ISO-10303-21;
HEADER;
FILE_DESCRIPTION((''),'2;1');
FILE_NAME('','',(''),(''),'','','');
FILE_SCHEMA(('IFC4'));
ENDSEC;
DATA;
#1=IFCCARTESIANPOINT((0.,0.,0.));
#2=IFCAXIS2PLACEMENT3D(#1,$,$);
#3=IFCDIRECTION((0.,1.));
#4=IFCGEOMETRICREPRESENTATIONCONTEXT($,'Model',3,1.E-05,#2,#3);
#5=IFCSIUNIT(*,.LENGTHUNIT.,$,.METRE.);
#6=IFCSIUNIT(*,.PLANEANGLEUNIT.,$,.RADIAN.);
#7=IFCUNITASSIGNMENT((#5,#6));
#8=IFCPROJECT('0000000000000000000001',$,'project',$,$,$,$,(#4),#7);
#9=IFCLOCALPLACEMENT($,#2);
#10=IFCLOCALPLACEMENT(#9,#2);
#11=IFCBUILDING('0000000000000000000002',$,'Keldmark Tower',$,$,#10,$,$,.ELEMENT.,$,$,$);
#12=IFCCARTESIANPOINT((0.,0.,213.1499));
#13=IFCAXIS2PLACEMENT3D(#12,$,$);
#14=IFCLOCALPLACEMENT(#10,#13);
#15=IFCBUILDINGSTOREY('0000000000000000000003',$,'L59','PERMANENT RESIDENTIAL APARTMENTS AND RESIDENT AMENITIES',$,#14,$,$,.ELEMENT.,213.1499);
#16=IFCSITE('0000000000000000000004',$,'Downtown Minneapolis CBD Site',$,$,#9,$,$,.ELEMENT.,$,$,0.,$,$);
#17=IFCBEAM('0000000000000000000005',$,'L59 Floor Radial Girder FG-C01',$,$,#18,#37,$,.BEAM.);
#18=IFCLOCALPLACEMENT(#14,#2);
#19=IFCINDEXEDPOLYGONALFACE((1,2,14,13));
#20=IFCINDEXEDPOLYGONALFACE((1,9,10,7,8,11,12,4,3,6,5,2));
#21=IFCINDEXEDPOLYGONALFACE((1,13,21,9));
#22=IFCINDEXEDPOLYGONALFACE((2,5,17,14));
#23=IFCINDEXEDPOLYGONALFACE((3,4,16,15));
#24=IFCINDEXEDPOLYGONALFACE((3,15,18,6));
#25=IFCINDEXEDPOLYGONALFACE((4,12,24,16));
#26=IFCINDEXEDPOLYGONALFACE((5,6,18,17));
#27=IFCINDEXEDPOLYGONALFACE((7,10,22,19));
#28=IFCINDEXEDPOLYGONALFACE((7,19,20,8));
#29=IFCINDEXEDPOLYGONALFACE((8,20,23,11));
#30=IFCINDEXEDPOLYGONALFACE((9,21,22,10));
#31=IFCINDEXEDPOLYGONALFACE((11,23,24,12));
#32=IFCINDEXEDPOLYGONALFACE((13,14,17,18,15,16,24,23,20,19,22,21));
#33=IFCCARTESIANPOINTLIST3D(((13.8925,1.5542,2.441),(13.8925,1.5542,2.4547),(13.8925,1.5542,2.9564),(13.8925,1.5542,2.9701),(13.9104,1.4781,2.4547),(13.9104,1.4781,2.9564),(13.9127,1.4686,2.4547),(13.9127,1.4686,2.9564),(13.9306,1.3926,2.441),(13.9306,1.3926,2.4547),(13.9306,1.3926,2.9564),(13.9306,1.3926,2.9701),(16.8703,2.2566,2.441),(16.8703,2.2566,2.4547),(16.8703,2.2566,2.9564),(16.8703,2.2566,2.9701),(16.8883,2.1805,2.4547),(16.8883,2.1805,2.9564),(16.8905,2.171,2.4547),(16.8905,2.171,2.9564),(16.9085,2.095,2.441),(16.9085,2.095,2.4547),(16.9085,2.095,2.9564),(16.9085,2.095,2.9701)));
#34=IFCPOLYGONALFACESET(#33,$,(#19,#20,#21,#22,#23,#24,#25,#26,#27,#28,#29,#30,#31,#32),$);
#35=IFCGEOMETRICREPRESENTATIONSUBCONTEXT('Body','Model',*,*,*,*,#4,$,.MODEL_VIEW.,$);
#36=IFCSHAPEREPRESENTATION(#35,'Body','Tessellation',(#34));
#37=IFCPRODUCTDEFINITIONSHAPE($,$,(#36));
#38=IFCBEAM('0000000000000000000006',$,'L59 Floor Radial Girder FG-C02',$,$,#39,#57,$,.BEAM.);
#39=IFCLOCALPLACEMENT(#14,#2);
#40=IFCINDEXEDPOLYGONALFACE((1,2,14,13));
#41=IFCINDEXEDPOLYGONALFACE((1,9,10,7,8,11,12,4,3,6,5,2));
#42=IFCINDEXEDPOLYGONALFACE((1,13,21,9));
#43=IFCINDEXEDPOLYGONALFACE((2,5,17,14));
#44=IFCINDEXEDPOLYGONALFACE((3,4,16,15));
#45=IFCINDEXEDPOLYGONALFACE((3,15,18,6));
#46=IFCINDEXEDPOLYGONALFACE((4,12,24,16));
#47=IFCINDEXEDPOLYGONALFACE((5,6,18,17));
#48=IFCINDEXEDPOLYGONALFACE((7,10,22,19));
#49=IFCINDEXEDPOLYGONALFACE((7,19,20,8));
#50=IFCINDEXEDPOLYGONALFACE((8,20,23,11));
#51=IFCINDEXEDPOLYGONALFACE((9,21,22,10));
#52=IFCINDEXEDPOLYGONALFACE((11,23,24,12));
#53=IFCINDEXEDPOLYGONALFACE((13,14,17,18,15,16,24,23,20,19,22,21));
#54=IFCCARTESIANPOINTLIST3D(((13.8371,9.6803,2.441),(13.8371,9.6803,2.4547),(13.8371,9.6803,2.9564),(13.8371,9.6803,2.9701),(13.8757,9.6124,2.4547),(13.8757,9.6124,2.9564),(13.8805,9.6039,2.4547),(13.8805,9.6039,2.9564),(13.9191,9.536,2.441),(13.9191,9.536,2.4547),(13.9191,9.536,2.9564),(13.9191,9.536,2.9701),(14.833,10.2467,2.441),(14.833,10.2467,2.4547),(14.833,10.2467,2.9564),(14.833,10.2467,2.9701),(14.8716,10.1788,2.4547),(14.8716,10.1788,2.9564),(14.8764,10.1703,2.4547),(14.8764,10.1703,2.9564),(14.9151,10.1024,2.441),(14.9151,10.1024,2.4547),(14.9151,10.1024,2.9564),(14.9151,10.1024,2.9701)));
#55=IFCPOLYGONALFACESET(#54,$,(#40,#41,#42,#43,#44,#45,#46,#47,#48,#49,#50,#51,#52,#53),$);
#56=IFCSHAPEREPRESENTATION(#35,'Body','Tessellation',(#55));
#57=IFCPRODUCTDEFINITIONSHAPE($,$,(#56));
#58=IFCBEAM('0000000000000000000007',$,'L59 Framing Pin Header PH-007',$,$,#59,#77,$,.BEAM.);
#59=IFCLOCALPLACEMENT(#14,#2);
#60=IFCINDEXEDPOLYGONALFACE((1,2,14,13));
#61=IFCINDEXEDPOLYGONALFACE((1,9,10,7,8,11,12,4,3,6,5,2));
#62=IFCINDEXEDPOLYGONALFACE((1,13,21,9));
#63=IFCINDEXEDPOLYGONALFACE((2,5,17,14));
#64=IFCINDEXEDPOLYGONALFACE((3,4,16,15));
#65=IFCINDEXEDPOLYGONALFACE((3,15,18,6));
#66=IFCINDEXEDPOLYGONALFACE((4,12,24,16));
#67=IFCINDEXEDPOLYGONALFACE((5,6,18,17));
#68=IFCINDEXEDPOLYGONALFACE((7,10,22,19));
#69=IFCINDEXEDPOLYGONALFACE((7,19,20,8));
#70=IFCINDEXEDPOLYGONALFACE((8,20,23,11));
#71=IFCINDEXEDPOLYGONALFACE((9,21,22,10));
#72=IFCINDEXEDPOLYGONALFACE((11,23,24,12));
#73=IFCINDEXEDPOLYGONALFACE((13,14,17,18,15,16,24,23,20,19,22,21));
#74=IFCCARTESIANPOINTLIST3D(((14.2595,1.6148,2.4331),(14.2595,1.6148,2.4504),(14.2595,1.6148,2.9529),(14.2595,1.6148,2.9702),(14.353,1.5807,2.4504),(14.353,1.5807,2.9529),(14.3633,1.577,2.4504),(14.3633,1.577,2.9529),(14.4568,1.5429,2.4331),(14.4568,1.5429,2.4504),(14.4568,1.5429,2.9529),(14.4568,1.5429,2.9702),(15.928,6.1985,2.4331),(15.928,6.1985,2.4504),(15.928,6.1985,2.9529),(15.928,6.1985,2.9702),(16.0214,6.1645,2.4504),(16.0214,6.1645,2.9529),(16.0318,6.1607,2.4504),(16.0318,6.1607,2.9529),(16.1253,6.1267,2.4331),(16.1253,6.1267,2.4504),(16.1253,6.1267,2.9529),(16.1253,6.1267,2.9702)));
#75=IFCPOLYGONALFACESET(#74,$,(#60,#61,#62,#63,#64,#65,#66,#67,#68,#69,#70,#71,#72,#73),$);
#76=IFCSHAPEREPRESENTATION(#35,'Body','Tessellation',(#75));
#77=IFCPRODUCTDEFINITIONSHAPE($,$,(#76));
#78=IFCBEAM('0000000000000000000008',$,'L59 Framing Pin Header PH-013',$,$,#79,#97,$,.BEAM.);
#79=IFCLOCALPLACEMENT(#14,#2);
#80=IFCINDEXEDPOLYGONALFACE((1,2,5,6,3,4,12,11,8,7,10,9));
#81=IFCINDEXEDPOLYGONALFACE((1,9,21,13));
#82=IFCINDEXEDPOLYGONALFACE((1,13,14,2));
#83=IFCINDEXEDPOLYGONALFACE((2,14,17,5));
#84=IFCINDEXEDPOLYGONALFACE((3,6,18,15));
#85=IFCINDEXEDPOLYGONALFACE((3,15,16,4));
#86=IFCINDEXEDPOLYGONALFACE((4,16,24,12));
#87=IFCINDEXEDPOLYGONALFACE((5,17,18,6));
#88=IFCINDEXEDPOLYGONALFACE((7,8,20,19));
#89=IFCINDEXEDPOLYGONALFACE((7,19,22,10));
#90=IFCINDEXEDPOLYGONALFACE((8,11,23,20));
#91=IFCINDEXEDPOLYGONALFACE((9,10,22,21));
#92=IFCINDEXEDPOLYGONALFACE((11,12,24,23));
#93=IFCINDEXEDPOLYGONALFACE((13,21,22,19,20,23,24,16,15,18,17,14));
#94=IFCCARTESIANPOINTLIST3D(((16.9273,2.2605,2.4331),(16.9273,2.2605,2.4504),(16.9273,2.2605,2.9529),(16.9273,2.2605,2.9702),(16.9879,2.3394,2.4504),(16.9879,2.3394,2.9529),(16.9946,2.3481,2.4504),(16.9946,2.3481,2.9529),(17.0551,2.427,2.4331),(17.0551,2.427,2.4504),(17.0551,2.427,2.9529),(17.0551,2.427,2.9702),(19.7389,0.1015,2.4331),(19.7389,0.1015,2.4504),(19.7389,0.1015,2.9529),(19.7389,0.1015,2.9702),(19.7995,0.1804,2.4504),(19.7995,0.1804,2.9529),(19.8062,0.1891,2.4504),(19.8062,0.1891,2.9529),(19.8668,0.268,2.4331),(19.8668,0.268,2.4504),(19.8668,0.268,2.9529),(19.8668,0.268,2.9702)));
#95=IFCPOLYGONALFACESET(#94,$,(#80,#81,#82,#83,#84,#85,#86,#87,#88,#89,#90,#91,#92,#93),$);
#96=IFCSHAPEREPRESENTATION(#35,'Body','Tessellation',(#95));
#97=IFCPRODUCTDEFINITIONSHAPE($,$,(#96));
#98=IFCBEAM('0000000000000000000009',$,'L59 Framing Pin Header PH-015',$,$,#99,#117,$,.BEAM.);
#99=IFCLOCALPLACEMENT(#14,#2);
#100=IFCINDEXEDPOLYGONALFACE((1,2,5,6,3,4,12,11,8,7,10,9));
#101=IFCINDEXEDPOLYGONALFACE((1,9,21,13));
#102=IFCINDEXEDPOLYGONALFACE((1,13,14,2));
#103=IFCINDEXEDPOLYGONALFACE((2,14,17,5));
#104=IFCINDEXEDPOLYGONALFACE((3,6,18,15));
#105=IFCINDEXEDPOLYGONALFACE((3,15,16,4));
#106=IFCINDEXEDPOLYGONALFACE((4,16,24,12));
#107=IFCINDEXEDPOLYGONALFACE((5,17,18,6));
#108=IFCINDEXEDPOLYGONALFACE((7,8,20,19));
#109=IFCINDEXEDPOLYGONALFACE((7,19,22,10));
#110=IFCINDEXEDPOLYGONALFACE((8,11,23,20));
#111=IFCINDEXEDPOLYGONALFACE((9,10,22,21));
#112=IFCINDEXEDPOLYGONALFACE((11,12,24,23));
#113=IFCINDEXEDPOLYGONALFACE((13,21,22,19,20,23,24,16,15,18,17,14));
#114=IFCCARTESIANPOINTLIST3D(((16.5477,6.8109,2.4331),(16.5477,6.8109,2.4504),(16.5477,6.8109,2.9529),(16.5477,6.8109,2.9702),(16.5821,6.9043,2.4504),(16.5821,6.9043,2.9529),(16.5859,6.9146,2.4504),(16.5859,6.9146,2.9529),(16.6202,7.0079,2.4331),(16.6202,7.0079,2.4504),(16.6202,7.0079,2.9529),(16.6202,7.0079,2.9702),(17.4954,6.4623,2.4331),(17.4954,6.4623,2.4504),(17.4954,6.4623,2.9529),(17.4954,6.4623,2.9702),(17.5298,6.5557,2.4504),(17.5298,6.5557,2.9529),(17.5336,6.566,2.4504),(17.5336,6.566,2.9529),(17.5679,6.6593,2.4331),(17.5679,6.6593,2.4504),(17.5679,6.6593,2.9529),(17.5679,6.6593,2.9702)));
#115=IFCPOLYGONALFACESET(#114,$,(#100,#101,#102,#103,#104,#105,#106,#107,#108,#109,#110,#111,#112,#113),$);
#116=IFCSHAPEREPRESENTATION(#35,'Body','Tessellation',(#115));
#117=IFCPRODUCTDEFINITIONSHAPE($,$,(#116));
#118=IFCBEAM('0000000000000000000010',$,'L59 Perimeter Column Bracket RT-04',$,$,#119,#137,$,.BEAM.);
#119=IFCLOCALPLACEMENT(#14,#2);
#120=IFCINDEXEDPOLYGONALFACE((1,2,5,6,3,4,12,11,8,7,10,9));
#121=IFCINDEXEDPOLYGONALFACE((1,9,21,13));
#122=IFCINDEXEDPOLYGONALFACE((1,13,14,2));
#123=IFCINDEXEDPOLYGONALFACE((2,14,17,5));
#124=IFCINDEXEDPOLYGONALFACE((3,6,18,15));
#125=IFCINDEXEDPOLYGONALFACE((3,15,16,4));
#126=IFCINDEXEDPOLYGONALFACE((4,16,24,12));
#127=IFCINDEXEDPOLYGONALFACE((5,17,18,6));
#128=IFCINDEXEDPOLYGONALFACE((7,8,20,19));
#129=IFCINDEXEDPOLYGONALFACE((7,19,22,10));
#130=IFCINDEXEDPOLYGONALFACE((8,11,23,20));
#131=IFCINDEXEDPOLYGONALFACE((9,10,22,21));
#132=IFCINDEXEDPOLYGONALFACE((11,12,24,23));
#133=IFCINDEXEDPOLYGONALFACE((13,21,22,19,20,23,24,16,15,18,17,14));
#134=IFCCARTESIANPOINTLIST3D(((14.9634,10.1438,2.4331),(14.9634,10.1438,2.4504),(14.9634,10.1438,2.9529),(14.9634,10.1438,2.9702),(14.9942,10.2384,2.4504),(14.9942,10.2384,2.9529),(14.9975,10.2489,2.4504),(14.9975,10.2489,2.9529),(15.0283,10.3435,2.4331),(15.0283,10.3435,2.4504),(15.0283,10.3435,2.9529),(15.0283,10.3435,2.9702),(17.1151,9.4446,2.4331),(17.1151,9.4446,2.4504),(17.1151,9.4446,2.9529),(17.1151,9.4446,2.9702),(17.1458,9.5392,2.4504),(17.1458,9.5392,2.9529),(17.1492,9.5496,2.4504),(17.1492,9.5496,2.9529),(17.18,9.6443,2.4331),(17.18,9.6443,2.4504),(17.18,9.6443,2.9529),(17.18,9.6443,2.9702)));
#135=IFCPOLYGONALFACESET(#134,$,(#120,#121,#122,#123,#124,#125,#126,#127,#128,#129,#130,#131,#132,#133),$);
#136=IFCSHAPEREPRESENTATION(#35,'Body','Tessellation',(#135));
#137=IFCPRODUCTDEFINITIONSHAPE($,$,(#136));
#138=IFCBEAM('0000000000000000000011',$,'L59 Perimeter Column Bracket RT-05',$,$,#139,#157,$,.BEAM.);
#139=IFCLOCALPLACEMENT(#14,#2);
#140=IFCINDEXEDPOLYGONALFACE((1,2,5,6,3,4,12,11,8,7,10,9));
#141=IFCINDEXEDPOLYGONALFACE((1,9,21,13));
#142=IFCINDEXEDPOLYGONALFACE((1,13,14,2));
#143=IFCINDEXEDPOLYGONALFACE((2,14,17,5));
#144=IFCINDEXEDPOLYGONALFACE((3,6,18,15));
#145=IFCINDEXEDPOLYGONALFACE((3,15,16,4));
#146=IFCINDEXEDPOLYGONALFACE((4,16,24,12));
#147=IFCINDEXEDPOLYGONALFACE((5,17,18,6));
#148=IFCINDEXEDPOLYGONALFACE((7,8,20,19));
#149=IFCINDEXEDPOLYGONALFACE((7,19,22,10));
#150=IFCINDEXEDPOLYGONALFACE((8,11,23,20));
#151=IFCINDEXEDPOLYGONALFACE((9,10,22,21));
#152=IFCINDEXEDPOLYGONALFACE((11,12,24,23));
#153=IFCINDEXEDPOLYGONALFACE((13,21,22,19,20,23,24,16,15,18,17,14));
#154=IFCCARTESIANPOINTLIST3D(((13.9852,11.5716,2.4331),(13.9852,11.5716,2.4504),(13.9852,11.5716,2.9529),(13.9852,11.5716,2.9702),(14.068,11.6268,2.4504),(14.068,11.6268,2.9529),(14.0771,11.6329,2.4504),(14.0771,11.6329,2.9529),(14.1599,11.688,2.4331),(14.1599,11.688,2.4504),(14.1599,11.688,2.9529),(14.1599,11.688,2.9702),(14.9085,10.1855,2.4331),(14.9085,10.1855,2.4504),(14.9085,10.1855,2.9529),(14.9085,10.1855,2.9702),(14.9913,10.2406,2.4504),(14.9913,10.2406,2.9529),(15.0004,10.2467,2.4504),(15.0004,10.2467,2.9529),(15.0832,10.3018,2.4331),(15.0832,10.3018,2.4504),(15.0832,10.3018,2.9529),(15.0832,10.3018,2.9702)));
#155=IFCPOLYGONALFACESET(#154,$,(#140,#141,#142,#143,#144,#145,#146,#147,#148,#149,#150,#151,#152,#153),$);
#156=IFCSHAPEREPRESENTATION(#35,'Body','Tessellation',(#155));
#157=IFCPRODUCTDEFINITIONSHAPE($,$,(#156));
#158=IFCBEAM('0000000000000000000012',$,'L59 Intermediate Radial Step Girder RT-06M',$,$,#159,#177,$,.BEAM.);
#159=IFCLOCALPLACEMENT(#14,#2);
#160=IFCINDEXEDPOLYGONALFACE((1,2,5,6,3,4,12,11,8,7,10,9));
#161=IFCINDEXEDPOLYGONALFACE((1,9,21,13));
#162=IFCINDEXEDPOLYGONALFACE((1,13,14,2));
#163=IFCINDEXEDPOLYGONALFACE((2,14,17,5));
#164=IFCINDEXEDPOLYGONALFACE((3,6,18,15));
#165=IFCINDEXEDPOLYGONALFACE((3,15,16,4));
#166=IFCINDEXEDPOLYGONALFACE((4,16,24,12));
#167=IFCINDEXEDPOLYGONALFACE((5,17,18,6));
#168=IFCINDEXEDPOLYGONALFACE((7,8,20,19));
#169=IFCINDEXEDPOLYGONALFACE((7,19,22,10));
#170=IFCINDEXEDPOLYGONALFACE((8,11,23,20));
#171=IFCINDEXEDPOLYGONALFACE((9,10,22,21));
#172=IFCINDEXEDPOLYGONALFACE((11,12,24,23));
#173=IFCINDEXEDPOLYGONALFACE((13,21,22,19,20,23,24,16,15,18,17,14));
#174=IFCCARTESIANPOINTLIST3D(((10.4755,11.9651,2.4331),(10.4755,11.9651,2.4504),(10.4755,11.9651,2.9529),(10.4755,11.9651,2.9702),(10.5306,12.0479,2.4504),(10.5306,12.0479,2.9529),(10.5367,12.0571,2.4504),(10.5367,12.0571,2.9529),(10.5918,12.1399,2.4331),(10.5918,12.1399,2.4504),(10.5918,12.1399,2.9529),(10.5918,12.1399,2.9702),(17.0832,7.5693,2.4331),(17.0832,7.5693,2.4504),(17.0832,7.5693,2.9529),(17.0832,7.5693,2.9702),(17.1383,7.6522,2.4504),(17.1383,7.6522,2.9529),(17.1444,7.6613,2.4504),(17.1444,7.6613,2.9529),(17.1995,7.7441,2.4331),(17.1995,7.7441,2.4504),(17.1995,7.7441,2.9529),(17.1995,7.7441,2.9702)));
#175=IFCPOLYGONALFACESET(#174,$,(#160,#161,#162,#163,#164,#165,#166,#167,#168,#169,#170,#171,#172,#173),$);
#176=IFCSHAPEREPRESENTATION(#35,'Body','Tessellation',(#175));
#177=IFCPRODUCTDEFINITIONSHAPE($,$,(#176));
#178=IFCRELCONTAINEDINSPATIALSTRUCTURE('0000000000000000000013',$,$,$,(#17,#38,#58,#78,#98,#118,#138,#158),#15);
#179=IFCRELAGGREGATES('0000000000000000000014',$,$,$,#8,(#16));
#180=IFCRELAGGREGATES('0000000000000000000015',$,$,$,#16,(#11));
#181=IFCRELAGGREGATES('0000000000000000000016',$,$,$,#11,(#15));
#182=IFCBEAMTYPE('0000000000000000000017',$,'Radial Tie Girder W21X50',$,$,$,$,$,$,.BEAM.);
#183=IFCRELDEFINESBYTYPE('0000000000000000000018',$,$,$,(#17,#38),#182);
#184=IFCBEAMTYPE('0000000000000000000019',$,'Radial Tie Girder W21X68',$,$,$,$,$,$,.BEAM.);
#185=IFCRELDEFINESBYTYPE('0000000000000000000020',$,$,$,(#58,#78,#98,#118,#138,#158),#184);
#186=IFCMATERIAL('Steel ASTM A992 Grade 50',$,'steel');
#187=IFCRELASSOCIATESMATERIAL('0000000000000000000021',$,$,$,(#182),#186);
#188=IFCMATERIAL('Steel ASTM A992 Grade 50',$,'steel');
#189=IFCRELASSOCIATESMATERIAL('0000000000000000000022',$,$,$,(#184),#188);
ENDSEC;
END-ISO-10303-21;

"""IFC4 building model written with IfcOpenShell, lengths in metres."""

from ifc_helpers import new_model, si_unit, direction, frame, origin, origin_2d, place, context, subcontext, project, spatial, i_section, extrude, material, material_profile, profile_set, type_object, element, save


model = new_model("IFC4")

# Units and contexts
model_context = context("Model", 3, precision=1e-05, world=origin(), true_north=direction((0.0, 1.0)))
body_context = subcontext(model_context, "Body", "Model", "MODEL_VIEW")
ifc_project = project(units=[si_unit("LENGTHUNIT", "METRE"), si_unit("PLANEANGLEUNIT", "RADIAN")], contexts=[model_context])

# Site, building, storey
site_placement = place(None, origin())
site = spatial("IfcSite", under=ifc_project, at=site_placement, Name="Downtown Minneapolis CBD Site", CompositionType="ELEMENT", RefElevation=0.0)
building_placement = place(site_placement, origin())
building = spatial("IfcBuilding", under=site, at=building_placement, Name="Keldmark Tower", CompositionType="ELEMENT")
storey_placement = place(building_placement, frame((0.0, 0.0, 213.1499)))
storey = spatial("IfcBuildingStorey", under=building, at=storey_placement, Name="L59", Description="PERMANENT RESIDENTIAL APARTMENTS AND RESIDENT AMENITIES", CompositionType="ELEMENT", Elevation=213.1499)

# Beams
ifc_material_1 = material(Name="Steel ASTM A992 Grade 50", Category="steel")
ifc_material_profile_1 = material_profile(ifc_material_1, i_section(OverallWidth=0.166, OverallDepth=0.5291, WebThickness=0.0098, FlangeThickness=0.0137, at=origin_2d()), Name="W21X50")
ifc_profile_set_1 = profile_set([ifc_material_profile_1], Name="Steel ASTM A992 Grade 50")
beam_type_1 = type_object("IfcBeamType", Name="Radial Tie Girder W21X50", PredefinedType="BEAM", material=ifc_profile_set_1)
beam_1_placement = place(storey_placement, frame((16.8894, 2.1758, 2.7056), z_axis=(-0.97329, -0.229577, 0.0), x_axis=(0.229577, -0.97329, 0.0)))
element("IfcBeam", 1, at=beam_1_placement, inside=storey, type_object=beam_type_1, Name="L59 Floor Radial Girder FG-C01", PredefinedType="BEAM", context=body_context, shape_type="SweptSolid", body=[
    extrude(i_section(OverallWidth=0.166, OverallDepth=0.5291, WebThickness=0.0098, FlangeThickness=0.0137, at=origin_2d()), origin(), (0.0, 0.0, 1.0), 3.0596),
])
beam_2_placement = place(storey_placement, frame((14.874, 10.1746, 2.7056), z_axis=(-0.869238, -0.494394, 0.0), x_axis=(0.494394, -0.869238, 0.0)))
element("IfcBeam", 2, at=beam_2_placement, inside=storey, type_object=beam_type_1, Name="L59 Floor Radial Girder FG-C02", PredefinedType="BEAM", context=body_context, shape_type="SweptSolid", body=[
    extrude(i_section(OverallWidth=0.166, OverallDepth=0.5291, WebThickness=0.0098, FlangeThickness=0.0137, at=origin_2d()), origin(), (0.0, 0.0, 1.0), 1.1458),
])
ifc_material_2 = material(Name="Steel ASTM A992 Grade 50", Category="steel")
ifc_material_profile_2 = material_profile(ifc_material_2, i_section(OverallWidth=0.21, OverallDepth=0.5371, WebThickness=0.011, FlangeThickness=0.0173, at=origin_2d()), Name="W21X68")
ifc_profile_set_2 = profile_set([ifc_material_profile_2], Name="Steel ASTM A992 Grade 50")
beam_type_2 = type_object("IfcBeamType", Name="Radial Tie Girder W21X68", PredefinedType="BEAM", material=ifc_profile_set_2)
beam_3_placement = place(storey_placement, frame((14.3582, 1.5789, 2.7017), z_axis=(0.34204, 0.939685, 0.0), x_axis=(-0.939685, 0.34204, 0.0)))
element("IfcBeam", 3, at=beam_3_placement, inside=storey, type_object=beam_type_2, Name="L59 Framing Pin Header PH-007", PredefinedType="BEAM", context=body_context, shape_type="SweptSolid", body=[
    extrude(i_section(OverallWidth=0.21, OverallDepth=0.5371, WebThickness=0.011, FlangeThickness=0.0173, at=origin_2d()), origin(), (0.0, 0.0, 1.0), 4.8779),
])
beam_4_placement = place(storey_placement, frame((16.9912, 2.3438, 2.7017), z_axis=(0.793138, -0.609042, 0.0), x_axis=(0.609042, 0.793138, 0.0)))
element("IfcBeam", 4, at=beam_4_placement, inside=storey, type_object=beam_type_2, Name="L59 Framing Pin Header PH-013", PredefinedType="BEAM", context=body_context, shape_type="SweptSolid", body=[
    extrude(i_section(OverallWidth=0.21, OverallDepth=0.5371, WebThickness=0.011, FlangeThickness=0.0173, at=origin_2d()), origin(), (0.0, 0.0, 1.0), 3.5449),
])
beam_5_placement = place(storey_placement, frame((16.584, 6.9094, 2.7017), z_axis=(0.938516, -0.345235, 0.0), x_axis=(0.345235, 0.938516, 0.0)))
element("IfcBeam", 5, at=beam_5_placement, inside=storey, type_object=beam_type_2, Name="L59 Framing Pin Header PH-015", PredefinedType="BEAM", context=body_context, shape_type="SweptSolid", body=[
    extrude(i_section(OverallWidth=0.21, OverallDepth=0.5371, WebThickness=0.011, FlangeThickness=0.0173, at=origin_2d()), origin(), (0.0, 0.0, 1.0), 1.0098),
])
beam_6_placement = place(storey_placement, frame((14.9958, 10.2437, 2.7017), z_axis=(0.951041, -0.309064, 0.0), x_axis=(0.309064, 0.951041, 0.0)))
element("IfcBeam", 6, at=beam_6_placement, inside=storey, type_object=beam_type_2, Name="L59 Perimeter Column Bracket RT-04", PredefinedType="BEAM", context=body_context, shape_type="SweptSolid", body=[
    extrude(i_section(OverallWidth=0.21, OverallDepth=0.5371, WebThickness=0.011, FlangeThickness=0.0173, at=origin_2d()), origin(), (0.0, 0.0, 1.0), 2.2625),
])
beam_7_placement = place(storey_placement, frame((14.9958, 10.2437, 2.7017), z_axis=(-0.554362, 0.832276, 0.0), x_axis=(-0.832276, -0.554362, 0.0)))
element("IfcBeam", 7, at=beam_7_placement, inside=storey, type_object=beam_type_2, Name="L59 Perimeter Column Bracket RT-05", PredefinedType="BEAM", context=body_context, shape_type="SweptSolid", body=[
    extrude(i_section(OverallWidth=0.21, OverallDepth=0.5371, WebThickness=0.011, FlangeThickness=0.0173, at=origin_2d()), origin(), (0.0, 0.0, 1.0), 1.6655),
])
beam_8_placement = place(storey_placement, frame((17.1414, 7.6567, 2.7017), z_axis=(-0.832594, 0.553884, 0.0), x_axis=(-0.553884, -0.832594, 0.0)))
element("IfcBeam", 8, at=beam_8_placement, inside=storey, type_object=beam_type_2, Name="L59 Intermediate Radial Step Girder RT-06M", PredefinedType="BEAM", context=body_context, shape_type="SweptSolid", body=[
    extrude(i_section(OverallWidth=0.21, OverallDepth=0.5371, WebThickness=0.011, FlangeThickness=0.0173, at=origin_2d()), origin(), (0.0, 0.0, 1.0), 7.9363),
])

save(model, "model.ifc")
